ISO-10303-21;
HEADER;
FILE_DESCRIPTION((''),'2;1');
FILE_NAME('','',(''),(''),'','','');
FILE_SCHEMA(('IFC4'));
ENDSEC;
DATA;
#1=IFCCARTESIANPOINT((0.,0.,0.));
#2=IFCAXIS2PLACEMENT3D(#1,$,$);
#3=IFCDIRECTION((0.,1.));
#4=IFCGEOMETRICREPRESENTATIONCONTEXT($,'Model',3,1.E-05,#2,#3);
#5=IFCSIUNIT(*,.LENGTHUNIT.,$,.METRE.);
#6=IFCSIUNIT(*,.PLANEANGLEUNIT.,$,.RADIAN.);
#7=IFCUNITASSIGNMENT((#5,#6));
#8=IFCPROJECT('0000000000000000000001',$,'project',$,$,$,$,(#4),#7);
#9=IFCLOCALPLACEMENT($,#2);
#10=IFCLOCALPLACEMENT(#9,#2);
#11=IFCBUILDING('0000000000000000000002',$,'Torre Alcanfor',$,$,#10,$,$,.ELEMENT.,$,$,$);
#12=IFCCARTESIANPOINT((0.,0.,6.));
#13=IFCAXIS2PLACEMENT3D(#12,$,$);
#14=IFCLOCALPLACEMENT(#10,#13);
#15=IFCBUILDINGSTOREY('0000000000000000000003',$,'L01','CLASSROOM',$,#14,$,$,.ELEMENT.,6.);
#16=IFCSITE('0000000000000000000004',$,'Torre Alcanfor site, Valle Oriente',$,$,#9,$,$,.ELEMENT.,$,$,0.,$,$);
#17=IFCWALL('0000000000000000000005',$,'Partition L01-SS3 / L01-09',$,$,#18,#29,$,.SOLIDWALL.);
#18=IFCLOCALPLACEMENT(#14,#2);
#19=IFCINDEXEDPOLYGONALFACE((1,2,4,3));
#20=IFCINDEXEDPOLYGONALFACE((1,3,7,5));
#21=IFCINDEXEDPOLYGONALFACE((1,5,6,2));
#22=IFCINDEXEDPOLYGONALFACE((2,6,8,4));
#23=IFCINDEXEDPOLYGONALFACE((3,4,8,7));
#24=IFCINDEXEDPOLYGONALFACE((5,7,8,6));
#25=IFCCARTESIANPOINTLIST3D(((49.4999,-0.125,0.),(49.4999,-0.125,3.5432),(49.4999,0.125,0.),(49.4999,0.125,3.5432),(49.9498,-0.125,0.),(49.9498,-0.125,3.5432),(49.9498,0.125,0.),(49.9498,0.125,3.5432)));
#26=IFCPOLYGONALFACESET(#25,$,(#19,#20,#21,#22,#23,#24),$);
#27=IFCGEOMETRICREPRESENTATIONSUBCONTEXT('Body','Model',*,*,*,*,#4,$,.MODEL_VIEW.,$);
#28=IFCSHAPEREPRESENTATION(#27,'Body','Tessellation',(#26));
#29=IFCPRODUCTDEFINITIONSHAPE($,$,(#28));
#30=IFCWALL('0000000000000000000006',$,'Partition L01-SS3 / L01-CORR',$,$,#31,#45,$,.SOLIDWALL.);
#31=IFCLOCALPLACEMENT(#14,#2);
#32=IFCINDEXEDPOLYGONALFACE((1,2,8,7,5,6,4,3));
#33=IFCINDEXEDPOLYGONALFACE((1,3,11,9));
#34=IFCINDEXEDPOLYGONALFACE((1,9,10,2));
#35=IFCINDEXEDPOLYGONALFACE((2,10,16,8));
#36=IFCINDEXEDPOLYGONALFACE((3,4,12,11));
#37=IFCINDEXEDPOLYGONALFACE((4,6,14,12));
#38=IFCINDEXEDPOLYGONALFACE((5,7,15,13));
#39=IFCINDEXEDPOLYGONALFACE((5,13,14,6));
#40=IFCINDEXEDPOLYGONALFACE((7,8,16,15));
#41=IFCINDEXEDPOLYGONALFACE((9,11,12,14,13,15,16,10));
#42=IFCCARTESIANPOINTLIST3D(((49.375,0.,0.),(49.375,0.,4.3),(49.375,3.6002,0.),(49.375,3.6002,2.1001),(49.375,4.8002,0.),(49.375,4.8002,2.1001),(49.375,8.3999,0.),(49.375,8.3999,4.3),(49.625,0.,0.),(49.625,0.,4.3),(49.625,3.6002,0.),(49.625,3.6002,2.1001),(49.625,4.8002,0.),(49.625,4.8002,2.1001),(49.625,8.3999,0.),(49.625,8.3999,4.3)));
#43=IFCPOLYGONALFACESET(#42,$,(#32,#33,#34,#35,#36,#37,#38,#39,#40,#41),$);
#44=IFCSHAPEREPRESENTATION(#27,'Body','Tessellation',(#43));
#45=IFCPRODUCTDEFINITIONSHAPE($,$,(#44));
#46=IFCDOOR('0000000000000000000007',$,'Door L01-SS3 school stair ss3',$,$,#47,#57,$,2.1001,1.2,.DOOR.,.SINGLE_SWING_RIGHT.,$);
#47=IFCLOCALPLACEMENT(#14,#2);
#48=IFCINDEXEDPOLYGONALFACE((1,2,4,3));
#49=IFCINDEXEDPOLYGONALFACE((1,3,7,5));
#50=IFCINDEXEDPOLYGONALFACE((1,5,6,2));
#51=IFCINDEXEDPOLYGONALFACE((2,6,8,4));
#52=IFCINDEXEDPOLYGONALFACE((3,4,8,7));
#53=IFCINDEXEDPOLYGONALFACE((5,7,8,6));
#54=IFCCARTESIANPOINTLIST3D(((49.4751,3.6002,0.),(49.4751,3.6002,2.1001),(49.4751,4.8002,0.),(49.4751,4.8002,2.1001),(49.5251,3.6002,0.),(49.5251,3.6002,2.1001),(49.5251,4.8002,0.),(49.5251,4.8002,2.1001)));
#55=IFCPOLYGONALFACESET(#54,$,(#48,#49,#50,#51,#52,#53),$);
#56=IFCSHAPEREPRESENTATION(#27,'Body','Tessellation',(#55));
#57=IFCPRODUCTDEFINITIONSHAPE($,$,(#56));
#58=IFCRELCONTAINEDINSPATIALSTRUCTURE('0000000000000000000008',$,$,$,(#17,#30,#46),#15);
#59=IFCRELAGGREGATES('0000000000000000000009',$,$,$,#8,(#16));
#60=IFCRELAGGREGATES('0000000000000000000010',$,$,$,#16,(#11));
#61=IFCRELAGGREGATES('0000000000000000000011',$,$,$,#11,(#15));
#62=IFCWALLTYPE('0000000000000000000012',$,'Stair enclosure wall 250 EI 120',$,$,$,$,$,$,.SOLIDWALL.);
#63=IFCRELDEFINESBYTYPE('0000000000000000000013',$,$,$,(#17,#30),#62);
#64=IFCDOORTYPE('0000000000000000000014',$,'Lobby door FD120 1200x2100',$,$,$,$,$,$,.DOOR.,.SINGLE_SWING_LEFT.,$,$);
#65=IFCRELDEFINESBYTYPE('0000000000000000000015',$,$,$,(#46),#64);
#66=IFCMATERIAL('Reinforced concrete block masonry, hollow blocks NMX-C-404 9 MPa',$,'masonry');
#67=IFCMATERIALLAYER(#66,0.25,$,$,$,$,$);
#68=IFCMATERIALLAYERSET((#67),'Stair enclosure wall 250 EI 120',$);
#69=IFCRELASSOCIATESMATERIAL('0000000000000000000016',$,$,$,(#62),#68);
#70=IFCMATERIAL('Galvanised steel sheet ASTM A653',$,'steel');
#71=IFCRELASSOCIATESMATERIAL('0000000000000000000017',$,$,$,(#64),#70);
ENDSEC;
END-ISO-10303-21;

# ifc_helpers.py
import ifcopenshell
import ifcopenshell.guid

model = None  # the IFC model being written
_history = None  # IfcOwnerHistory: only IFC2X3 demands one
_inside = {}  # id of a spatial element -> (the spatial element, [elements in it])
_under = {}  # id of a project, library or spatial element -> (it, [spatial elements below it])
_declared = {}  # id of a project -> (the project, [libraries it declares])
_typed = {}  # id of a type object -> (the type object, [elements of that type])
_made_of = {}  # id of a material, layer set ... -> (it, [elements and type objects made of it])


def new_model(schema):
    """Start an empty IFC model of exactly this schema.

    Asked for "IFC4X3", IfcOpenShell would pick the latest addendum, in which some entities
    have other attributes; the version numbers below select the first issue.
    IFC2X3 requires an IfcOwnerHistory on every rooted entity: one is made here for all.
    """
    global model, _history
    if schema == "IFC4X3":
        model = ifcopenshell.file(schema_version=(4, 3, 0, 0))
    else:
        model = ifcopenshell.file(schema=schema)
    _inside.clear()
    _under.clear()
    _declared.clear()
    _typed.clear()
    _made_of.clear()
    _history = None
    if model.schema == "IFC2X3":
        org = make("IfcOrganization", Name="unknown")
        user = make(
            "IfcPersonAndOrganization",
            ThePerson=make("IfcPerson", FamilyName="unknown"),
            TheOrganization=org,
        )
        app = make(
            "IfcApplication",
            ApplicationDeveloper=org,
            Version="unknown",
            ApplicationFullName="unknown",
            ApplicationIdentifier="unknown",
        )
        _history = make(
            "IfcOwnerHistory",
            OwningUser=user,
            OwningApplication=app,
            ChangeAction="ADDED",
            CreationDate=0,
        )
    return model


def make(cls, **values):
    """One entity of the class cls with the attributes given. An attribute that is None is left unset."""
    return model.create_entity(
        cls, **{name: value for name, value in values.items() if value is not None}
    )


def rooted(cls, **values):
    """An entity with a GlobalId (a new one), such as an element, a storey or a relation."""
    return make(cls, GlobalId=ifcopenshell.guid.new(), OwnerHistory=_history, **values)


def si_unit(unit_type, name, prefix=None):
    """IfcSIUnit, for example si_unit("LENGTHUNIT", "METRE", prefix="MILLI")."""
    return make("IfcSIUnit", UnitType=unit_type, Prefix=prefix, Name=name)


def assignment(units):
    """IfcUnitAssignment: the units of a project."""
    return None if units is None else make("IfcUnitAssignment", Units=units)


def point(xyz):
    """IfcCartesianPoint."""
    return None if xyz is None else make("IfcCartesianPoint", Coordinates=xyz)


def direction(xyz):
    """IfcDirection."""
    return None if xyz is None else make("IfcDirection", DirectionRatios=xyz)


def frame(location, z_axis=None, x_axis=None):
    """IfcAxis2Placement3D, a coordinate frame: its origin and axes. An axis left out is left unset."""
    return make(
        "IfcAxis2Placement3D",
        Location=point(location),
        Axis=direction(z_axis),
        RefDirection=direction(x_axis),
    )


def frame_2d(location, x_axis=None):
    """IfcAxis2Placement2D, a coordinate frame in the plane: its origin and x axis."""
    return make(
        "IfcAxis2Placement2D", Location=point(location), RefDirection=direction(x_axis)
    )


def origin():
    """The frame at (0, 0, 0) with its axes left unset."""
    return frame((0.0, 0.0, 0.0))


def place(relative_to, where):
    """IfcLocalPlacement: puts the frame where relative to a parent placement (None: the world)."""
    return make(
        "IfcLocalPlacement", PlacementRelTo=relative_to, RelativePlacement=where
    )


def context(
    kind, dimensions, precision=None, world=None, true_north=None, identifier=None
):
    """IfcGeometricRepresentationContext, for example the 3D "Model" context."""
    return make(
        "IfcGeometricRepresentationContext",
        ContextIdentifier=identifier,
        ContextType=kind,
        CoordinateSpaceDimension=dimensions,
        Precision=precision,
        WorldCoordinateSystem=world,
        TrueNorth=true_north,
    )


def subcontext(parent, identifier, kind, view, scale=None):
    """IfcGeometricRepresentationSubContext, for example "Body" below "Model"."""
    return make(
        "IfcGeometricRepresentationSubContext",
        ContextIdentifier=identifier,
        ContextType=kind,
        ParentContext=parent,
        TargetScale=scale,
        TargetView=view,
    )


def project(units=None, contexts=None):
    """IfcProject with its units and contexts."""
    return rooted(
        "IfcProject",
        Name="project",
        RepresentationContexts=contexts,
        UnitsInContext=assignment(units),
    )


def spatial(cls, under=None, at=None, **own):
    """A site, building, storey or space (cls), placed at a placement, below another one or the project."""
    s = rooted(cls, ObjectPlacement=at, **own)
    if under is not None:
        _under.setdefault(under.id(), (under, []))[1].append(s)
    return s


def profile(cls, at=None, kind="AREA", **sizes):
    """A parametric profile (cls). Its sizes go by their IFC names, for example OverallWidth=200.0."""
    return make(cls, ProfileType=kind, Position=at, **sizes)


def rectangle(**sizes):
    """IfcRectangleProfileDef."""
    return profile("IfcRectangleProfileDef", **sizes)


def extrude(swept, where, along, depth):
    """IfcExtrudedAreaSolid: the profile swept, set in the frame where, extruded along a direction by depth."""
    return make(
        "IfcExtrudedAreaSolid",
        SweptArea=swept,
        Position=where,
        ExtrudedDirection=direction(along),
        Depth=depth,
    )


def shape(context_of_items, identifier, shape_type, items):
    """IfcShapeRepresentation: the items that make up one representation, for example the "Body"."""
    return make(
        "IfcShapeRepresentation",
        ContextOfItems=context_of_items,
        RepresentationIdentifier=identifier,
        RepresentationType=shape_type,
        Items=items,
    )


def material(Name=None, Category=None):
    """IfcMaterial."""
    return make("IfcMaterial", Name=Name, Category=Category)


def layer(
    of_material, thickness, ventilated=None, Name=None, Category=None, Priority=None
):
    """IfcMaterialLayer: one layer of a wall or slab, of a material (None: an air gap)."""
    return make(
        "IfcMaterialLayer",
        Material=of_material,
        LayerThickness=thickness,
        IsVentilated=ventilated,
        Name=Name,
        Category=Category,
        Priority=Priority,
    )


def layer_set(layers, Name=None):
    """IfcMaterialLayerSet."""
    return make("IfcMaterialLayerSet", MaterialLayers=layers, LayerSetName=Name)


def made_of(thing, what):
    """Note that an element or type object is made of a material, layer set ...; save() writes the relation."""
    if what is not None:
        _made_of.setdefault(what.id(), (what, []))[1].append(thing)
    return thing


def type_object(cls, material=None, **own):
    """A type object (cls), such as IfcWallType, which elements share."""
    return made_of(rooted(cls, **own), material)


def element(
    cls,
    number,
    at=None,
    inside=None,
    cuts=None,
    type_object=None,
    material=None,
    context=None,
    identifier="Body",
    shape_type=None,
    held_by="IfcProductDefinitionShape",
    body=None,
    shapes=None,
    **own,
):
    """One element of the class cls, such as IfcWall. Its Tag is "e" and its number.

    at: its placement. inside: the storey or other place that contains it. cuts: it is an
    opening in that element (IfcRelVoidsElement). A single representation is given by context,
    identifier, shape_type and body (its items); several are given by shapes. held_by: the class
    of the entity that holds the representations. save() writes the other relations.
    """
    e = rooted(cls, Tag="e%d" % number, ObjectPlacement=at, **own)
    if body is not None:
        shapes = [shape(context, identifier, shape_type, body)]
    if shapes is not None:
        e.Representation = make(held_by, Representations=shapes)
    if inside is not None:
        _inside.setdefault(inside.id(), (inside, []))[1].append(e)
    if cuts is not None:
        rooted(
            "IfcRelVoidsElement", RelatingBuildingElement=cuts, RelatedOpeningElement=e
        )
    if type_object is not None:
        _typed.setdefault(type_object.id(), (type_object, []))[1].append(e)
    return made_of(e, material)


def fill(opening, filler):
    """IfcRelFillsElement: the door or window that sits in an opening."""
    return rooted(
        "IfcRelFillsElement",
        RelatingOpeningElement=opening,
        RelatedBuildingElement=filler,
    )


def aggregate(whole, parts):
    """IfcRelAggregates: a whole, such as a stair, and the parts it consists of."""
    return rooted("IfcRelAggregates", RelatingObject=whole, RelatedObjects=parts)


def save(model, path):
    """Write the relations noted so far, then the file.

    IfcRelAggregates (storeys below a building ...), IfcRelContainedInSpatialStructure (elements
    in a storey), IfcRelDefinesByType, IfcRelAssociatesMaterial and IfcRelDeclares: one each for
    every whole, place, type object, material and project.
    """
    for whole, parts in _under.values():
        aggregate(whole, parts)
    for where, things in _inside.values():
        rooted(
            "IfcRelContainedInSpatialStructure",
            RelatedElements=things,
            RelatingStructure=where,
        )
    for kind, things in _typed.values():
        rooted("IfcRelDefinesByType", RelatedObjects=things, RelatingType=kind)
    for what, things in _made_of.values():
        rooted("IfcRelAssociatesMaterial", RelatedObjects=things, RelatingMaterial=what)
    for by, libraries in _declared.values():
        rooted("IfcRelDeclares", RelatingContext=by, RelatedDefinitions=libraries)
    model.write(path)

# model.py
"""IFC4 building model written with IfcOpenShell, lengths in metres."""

from ifc_helpers import new_model, si_unit, direction, frame, frame_2d, origin, place, context, subcontext, project, spatial, rectangle, extrude, material, layer, layer_set, type_object, element, fill, save


model = new_model("IFC4")

# Units and contexts
model_context = context("Model", 3, precision=1e-05, world=origin(), true_north=direction((0.0, 1.0)))
body_context = subcontext(model_context, "Body", "Model", "MODEL_VIEW")
ifc_project = project(units=[si_unit("LENGTHUNIT", "METRE"), si_unit("PLANEANGLEUNIT", "RADIAN")], contexts=[model_context])

# Site, building, storey
site_placement = place(None, origin())
site = spatial("IfcSite", under=ifc_project, at=site_placement, Name="Torre Alcanfor site, Valle Oriente", CompositionType="ELEMENT", RefElevation=0.0)
building_placement = place(site_placement, origin())
building = spatial("IfcBuilding", under=site, at=building_placement, Name="Torre Alcanfor", CompositionType="ELEMENT")
storey_placement = place(building_placement, frame((0.0, 0.0, 6.0)))
storey = spatial("IfcBuildingStorey", under=building, at=storey_placement, Name="L01", Description="CLASSROOM", CompositionType="ELEMENT", Elevation=6.0)

# Wall
ifc_material_1 = material(Name="Reinforced concrete block masonry, hollow blocks NMX-C-404 9 MPa", Category="masonry")
ifc_layer_1 = layer(ifc_material_1, 0.25)
ifc_layer_set_1 = layer_set([ifc_layer_1], Name="Stair enclosure wall 250 EI 120")
wall_type_1 = type_object("IfcWallType", Name="Stair enclosure wall 250 EI 120", PredefinedType="SOLIDWALL", material=ifc_layer_set_1)
wall_1_placement = place(storey_placement, frame((49.95, 0.0, 0.0), z_axis=(0.0, 0.0, 1.0), x_axis=(-1.0, 0.0, 0.0)))
element("IfcWall", 1, at=wall_1_placement, inside=storey, type_object=wall_type_1, Name="Partition L01-SS3 / L01-09", PredefinedType="SOLIDWALL", context=body_context, shape_type="SweptSolid", body=[
    extrude(rectangle(XDim=0.45, YDim=0.25, at=frame_2d((0.2251, 0.0))), origin(), (0.0, 0.0, 1.0), 3.5432),
])

# Wall, opening, door
wall_2_placement = place(storey_placement, frame((49.5, 0.0, 0.0), z_axis=(0.0, 0.0, 1.0), x_axis=(0.0, 1.0, 0.0)))
wall_2 = element("IfcWall", 2, at=wall_2_placement, inside=storey, type_object=wall_type_1, Name="Partition L01-SS3 / L01-CORR", PredefinedType="SOLIDWALL", context=body_context, shape_type="SweptSolid", body=[
    extrude(rectangle(XDim=8.3999, YDim=0.25, at=frame_2d((4.2, 0.0))), origin(), (0.0, 0.0, 1.0), 4.3),
])
opening_1_placement = place(wall_2_placement, frame((3.6001, 0.0, 0.0)))
opening_1 = element("IfcOpeningElement", 3, at=opening_1_placement, cuts=wall_2, PredefinedType="OPENING", context=body_context, shape_type="SweptSolid", body=[
    extrude(rectangle(XDim=1.2, YDim=2.1001, at=frame_2d((0.6001, 1.05))), frame((0.0, 0.135, 0.0), z_axis=(0.0, -1.0, 0.0), x_axis=(1.0, 0.0, 0.0)), (0.0, 0.0, 1.0), 0.27),
])
ifc_material_2 = material(Name="Galvanised steel sheet ASTM A653", Category="steel")
door_type_1 = type_object("IfcDoorType", Name="Lobby door FD120 1200x2100", OperationType="SINGLE_SWING_LEFT", PredefinedType="DOOR", material=ifc_material_2)
door_1_placement = place(opening_1_placement, frame((1.2, 0.0, 0.0), z_axis=(0.0, 0.0, 1.0), x_axis=(-1.0, 0.0, 0.0)))
door_1 = element("IfcDoor", 4, at=door_1_placement, inside=storey, type_object=door_type_1, Name="Door L01-SS3 school stair ss3", OperationType="SINGLE_SWING_RIGHT", OverallHeight=2.1001, OverallWidth=1.2, PredefinedType="DOOR", context=body_context, shape_type="SweptSolid", body=[
    extrude(rectangle(XDim=1.2, YDim=2.1001, at=frame_2d((0.5999, 1.05))), frame((0.0, 0.0251, 0.0), z_axis=(0.0, -1.0, 0.0), x_axis=(1.0, 0.0, 0.0)), (0.0, 0.0, 1.0), 0.05),
])
fill(opening_1, door_1)

save(model, "model.ifc")
